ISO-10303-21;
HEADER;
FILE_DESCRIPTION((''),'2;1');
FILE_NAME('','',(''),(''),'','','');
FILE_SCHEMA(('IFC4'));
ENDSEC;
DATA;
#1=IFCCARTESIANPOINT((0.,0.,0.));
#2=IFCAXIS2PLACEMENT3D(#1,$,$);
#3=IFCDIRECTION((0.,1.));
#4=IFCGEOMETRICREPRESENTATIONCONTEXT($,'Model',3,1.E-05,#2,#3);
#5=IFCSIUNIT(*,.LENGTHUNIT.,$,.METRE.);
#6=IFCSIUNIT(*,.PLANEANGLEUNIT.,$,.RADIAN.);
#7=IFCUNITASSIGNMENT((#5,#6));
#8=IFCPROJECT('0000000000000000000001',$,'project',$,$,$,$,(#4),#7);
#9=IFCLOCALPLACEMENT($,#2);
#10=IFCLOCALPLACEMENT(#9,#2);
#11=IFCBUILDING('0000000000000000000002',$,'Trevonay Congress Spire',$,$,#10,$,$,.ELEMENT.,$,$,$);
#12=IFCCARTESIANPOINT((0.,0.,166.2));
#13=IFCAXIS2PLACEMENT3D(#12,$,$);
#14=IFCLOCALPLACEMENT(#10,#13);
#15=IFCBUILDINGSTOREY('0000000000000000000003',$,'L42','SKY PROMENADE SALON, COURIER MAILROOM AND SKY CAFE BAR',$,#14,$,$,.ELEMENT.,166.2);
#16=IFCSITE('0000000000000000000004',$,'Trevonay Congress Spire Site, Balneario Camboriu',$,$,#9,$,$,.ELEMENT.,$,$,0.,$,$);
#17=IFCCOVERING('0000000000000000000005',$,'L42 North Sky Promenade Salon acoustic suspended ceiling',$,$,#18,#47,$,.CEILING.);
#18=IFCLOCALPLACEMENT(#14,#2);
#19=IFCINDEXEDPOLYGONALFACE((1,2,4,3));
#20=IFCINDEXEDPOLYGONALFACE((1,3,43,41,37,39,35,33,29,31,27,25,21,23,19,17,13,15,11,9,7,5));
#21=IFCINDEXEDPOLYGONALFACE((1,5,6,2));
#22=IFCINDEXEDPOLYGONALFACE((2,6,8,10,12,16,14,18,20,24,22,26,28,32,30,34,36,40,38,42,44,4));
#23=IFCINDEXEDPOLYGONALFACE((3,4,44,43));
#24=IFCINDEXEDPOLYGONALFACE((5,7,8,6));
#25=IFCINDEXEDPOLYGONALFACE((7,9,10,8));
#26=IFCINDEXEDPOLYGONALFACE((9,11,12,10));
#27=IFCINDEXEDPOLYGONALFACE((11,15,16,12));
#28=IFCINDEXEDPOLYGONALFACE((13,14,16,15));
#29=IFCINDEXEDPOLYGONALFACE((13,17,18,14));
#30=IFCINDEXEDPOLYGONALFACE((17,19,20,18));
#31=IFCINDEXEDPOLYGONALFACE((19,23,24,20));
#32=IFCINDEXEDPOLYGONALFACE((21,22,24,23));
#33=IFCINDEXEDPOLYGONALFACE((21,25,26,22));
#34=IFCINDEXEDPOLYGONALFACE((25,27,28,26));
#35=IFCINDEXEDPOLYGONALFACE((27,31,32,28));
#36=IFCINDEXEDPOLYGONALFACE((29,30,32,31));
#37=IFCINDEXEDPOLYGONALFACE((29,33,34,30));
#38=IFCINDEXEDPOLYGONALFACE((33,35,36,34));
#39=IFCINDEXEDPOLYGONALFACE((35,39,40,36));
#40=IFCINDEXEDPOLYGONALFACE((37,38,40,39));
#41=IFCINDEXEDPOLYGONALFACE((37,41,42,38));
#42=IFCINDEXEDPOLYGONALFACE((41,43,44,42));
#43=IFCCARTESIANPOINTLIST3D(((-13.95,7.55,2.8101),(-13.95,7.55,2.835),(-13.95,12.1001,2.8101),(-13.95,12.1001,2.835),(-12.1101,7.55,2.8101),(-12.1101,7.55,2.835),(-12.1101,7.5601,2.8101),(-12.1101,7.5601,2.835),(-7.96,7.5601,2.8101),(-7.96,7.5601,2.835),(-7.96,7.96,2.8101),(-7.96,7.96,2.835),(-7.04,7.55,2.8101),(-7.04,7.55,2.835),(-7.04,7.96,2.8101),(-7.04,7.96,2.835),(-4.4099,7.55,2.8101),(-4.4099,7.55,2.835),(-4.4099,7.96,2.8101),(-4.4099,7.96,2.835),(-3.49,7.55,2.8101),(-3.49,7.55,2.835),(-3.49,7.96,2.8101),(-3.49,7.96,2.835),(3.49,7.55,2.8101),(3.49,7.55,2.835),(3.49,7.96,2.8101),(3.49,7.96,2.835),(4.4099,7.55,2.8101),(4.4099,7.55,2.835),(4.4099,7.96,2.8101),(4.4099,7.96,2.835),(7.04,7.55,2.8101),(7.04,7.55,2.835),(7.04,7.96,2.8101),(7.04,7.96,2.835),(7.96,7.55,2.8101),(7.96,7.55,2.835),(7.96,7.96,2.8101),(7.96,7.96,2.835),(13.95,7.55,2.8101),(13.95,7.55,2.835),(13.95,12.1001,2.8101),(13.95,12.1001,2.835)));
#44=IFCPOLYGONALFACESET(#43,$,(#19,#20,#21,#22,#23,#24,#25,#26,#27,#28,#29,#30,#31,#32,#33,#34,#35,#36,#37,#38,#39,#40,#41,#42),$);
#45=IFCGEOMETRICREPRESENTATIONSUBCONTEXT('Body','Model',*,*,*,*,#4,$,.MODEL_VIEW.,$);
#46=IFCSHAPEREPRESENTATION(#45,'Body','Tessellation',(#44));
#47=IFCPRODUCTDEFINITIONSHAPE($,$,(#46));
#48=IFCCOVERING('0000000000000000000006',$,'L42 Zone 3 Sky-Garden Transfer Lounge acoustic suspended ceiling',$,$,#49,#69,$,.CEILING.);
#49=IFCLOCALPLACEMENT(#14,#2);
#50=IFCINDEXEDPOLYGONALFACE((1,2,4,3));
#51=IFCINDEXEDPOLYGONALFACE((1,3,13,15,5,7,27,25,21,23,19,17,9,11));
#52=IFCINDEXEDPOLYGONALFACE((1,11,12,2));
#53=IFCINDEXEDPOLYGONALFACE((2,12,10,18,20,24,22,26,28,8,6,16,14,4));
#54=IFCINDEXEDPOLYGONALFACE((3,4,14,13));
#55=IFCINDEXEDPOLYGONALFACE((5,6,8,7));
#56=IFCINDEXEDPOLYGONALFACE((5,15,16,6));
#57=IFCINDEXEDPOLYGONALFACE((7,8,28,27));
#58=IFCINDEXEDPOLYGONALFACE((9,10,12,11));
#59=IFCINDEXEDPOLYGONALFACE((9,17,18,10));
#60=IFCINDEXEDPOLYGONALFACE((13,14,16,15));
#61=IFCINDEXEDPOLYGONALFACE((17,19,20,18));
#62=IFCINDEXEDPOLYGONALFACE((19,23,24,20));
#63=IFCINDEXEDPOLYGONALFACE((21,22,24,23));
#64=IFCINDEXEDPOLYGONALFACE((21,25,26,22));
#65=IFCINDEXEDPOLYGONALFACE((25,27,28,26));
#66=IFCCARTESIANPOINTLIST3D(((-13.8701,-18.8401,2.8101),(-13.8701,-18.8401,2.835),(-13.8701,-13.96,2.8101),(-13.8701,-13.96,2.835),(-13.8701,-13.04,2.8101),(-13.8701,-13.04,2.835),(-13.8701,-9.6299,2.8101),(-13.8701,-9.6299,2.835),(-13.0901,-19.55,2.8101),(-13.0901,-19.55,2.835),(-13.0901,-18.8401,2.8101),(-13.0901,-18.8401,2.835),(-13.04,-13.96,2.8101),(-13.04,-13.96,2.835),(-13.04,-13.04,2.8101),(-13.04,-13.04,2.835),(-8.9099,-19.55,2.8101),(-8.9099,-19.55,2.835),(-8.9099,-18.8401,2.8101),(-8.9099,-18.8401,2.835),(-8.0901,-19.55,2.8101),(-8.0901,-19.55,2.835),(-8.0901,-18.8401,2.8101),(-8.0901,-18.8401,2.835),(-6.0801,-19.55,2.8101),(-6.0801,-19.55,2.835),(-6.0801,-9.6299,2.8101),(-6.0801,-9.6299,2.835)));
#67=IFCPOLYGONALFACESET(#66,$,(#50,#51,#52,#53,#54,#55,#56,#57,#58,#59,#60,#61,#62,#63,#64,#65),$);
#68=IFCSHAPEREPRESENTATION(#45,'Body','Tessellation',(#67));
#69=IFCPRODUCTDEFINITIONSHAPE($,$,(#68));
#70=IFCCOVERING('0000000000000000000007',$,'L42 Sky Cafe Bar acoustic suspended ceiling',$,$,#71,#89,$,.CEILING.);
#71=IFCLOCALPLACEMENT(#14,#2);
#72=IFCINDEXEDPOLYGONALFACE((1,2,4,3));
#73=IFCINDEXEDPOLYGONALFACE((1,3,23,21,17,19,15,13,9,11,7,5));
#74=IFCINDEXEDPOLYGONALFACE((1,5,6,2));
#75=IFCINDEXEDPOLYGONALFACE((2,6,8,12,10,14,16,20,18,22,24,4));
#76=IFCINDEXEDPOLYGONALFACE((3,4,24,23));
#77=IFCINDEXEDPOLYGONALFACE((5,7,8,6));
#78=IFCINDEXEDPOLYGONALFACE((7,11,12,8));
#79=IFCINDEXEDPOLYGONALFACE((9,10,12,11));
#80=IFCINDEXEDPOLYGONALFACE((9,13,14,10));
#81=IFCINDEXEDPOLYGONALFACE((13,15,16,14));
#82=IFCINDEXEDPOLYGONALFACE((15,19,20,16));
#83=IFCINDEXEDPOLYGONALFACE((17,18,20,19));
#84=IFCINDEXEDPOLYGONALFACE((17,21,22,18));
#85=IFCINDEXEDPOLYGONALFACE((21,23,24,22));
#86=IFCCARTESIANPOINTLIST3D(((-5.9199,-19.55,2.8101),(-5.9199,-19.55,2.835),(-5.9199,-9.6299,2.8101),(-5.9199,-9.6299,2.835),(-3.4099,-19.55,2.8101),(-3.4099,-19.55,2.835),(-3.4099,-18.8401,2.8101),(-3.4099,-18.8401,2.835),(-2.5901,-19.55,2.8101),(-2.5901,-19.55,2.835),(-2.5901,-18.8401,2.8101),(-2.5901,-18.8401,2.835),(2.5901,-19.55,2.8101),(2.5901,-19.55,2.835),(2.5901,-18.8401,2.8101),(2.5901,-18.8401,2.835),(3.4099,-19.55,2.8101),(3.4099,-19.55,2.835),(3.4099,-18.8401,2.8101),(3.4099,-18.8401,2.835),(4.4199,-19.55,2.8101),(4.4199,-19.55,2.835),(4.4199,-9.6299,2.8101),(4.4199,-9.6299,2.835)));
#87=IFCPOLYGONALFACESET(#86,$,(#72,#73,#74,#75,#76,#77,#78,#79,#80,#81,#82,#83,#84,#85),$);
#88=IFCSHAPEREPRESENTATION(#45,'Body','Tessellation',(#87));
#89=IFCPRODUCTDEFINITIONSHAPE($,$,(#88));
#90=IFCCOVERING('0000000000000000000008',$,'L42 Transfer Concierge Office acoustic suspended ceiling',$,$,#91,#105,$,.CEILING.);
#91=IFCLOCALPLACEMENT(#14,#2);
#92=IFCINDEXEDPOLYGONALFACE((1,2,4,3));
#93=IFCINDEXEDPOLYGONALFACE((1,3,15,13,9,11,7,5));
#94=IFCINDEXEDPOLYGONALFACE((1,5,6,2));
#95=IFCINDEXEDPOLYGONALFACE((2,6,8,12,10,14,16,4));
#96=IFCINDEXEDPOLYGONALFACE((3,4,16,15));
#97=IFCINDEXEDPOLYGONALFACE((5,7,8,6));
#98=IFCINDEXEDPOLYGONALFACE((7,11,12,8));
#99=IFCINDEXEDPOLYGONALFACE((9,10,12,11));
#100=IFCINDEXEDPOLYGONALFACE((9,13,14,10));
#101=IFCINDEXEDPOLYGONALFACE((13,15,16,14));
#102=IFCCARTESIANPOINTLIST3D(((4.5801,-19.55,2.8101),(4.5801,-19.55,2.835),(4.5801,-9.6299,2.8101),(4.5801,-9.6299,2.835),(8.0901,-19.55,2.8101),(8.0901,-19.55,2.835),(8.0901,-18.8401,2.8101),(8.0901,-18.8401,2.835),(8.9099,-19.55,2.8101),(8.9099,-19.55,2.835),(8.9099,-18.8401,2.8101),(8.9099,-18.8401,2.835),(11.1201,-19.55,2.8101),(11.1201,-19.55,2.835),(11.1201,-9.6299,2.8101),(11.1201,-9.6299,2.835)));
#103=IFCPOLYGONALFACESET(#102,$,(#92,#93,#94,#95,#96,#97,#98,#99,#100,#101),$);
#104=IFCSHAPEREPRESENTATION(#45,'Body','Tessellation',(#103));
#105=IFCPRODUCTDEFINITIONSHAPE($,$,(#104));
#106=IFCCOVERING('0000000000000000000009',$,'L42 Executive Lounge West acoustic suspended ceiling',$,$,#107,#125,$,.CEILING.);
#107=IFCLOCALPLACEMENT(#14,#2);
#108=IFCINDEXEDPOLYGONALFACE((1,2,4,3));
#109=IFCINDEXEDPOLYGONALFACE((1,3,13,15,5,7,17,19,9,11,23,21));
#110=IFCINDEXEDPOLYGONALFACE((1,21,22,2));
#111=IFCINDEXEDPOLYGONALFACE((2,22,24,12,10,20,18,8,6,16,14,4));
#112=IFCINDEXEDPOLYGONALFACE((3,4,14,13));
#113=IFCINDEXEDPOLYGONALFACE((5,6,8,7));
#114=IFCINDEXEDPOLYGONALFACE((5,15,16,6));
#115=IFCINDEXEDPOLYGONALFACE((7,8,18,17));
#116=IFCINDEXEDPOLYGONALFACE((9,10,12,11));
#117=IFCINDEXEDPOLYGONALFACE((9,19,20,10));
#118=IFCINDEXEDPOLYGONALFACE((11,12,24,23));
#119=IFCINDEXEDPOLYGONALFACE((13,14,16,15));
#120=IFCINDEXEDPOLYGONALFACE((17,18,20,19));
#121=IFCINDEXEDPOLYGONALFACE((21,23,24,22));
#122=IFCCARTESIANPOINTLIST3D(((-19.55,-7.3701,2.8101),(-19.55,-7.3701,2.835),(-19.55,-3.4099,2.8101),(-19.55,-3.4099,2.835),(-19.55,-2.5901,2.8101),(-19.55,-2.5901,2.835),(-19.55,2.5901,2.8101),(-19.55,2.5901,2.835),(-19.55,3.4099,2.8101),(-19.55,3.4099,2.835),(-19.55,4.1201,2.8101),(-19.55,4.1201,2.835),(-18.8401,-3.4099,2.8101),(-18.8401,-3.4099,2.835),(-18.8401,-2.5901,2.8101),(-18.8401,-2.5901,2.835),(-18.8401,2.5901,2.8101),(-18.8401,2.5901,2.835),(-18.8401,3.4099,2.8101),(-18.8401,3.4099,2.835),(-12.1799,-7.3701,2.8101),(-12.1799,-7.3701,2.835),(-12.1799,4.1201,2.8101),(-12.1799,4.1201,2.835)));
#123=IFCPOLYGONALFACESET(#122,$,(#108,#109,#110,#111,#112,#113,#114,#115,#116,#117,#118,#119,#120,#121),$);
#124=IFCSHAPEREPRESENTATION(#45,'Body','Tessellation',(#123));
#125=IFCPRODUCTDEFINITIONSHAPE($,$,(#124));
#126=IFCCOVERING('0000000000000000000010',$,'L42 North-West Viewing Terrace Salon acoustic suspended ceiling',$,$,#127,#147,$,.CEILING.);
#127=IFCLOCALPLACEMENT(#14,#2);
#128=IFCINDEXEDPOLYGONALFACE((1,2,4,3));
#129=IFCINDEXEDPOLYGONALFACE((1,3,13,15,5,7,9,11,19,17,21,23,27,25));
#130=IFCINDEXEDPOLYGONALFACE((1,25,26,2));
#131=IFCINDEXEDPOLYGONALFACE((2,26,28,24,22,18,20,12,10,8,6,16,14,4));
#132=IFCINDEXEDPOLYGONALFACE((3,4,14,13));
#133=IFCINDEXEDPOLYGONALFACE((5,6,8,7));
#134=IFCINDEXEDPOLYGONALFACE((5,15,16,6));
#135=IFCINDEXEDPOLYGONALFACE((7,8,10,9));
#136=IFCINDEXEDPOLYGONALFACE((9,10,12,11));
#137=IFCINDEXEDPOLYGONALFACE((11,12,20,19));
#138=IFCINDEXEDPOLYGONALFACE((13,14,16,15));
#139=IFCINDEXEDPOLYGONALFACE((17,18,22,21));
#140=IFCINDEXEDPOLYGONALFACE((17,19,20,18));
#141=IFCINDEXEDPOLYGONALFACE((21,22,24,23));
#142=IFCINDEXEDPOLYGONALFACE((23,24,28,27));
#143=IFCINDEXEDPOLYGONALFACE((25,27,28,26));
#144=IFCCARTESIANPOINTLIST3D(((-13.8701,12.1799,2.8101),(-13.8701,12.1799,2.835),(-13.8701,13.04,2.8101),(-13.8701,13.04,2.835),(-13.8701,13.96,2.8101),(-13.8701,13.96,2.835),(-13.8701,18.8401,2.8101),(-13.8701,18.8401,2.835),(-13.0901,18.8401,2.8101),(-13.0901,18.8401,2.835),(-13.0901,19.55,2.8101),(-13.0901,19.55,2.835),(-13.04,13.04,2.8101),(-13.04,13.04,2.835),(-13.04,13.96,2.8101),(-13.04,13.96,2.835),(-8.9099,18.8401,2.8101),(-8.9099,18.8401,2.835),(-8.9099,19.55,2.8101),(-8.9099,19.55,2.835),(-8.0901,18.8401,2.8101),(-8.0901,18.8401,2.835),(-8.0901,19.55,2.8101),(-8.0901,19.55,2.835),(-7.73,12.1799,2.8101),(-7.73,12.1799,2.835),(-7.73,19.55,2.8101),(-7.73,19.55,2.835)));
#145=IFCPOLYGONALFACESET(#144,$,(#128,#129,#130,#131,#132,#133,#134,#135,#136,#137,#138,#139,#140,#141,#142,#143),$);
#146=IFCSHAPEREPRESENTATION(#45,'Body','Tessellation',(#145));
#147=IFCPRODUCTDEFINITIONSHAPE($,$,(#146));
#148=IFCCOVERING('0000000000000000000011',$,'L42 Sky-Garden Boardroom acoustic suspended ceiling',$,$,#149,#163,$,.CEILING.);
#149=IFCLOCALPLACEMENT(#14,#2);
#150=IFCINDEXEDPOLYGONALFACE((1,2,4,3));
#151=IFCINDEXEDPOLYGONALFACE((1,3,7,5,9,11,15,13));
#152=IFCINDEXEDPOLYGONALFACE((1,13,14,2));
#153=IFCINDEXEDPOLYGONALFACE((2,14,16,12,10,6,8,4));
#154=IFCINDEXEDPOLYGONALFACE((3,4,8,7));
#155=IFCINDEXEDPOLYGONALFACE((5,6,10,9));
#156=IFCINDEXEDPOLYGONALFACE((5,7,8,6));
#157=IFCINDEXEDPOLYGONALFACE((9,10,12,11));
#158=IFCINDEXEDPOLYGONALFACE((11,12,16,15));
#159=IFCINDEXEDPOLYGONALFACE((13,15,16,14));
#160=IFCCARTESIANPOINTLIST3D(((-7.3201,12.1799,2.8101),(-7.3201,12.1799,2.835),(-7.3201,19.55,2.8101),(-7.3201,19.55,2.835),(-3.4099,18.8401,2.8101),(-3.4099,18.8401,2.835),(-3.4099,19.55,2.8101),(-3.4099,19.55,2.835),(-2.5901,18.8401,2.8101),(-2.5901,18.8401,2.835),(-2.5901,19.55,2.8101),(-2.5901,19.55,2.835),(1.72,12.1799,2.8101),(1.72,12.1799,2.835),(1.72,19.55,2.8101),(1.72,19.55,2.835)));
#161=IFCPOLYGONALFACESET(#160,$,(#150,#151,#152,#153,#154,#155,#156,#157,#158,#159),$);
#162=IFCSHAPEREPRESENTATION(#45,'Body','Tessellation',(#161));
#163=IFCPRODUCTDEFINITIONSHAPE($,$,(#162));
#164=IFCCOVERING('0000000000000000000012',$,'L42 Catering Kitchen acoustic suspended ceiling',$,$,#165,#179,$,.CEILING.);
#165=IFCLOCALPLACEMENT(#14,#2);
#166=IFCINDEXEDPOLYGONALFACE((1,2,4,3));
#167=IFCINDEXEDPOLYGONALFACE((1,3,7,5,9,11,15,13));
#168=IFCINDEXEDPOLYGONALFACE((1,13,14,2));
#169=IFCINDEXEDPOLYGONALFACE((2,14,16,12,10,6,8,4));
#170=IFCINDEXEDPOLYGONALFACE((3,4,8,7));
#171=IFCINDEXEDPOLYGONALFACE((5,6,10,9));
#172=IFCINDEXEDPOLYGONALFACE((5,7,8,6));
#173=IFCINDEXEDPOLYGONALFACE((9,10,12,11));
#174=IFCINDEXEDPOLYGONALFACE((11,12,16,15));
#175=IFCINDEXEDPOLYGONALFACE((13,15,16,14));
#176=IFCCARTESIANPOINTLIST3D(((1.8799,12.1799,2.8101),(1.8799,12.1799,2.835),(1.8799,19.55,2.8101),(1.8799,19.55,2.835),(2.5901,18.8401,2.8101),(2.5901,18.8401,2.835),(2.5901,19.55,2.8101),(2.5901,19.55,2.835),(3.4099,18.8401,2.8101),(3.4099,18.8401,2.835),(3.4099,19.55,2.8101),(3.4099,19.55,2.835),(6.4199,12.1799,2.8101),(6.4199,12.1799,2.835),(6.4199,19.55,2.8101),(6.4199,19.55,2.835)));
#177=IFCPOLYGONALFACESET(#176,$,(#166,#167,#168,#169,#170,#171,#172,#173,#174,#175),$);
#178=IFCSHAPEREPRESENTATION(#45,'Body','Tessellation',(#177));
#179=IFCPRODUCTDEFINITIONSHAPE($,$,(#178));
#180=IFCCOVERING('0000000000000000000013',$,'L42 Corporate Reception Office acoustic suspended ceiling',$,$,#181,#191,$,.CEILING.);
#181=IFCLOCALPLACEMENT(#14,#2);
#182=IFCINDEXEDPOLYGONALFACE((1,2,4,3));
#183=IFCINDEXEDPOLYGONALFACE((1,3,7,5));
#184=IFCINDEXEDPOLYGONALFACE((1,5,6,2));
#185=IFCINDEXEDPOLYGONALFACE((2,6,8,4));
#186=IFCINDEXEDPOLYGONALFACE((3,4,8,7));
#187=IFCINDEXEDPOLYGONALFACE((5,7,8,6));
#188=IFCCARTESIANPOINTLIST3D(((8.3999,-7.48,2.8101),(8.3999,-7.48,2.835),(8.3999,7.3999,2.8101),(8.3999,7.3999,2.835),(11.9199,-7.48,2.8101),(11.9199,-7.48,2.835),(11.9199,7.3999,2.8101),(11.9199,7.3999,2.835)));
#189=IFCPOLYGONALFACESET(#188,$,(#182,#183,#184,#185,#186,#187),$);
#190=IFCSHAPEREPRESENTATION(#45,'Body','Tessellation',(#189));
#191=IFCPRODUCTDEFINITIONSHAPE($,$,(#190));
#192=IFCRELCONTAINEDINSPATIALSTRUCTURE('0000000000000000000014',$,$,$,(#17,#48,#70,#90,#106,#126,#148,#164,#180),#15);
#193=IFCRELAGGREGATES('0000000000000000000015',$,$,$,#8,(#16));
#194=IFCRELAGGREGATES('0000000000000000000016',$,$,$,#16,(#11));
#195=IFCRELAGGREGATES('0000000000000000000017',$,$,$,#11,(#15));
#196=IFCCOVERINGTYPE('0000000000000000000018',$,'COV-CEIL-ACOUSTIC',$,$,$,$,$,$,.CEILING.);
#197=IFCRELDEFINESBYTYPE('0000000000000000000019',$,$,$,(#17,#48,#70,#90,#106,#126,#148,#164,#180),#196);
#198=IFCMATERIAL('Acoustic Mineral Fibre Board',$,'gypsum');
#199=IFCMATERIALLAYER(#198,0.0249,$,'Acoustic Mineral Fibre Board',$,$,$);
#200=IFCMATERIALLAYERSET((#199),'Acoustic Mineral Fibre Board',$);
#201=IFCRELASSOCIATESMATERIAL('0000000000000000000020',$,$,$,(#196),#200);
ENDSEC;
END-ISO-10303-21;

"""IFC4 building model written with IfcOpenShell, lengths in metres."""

from ifc_helpers import new_model, si_unit, direction, frame, origin, place, context, subcontext, project, spatial, polyline, outline, extrude, material, layer, layer_set, type_object, element, save


model = new_model("IFC4")

# Units and contexts
model_context = context("Model", 3, precision=1e-05, world=origin(), true_north=direction((0.0, 1.0)))
body_context = subcontext(model_context, "Body", "Model", "MODEL_VIEW")
ifc_project = project(units=[si_unit("LENGTHUNIT", "METRE"), si_unit("PLANEANGLEUNIT", "RADIAN")], contexts=[model_context])

# Site, building, storey
site_placement = place(None, origin())
site = spatial("IfcSite", under=ifc_project, at=site_placement, Name="Trevonay Congress Spire Site, Balneario Camboriu", CompositionType="ELEMENT", RefElevation=0.0)
building_placement = place(site_placement, origin())
building = spatial("IfcBuilding", under=site, at=building_placement, Name="Trevonay Congress Spire", CompositionType="ELEMENT")
storey_placement = place(building_placement, frame((0.0, 0.0, 166.2)))
storey = spatial("IfcBuildingStorey", under=building, at=storey_placement, Name="L42", Description="SKY PROMENADE SALON, COURIER MAILROOM AND SKY CAFE BAR", CompositionType="ELEMENT", Elevation=166.2)

# Coverings
ifc_material_1 = material(Name="Acoustic Mineral Fibre Board", Category="gypsum")
ifc_layer_1 = layer(ifc_material_1, 0.0249, Name="Acoustic Mineral Fibre Board")
ifc_layer_set_1 = layer_set([ifc_layer_1], Name="Acoustic Mineral Fibre Board")
covering_type_1 = type_object("IfcCoveringType", Name="COV-CEIL-ACOUSTIC", PredefinedType="CEILING", material=ifc_layer_set_1)
covering_1_placement = place(storey_placement, frame((0.0, 0.0, 2.8101)))
element("IfcCovering", 1, at=covering_1_placement, inside=storey, type_object=covering_type_1, Name="L42 North Sky Promenade Salon acoustic suspended ceiling", PredefinedType="CEILING", context=body_context, shape_type="SweptSolid", body=[
    extrude(outline(polyline([(-13.95, 12.1001), (13.95, 12.1001), (13.95, 7.55), (7.96, 7.55), (7.96, 7.96), (7.04, 7.96), (7.04, 7.55), (4.4099, 7.55), (4.4099, 7.96), (3.49, 7.96), (3.49, 7.55), (-3.49, 7.55), (-3.49, 7.96), (-4.4099, 7.96), (-4.4099, 7.55), (-7.04, 7.55), (-7.04, 7.96), (-7.96, 7.96), (-7.96, 7.5601), (-12.1101, 7.5601), (-12.1101, 7.55), (-13.95, 7.55), (-13.95, 12.1001)])), origin(), (0.0, 0.0, 1.0), 0.0249),
])
covering_2_placement = place(storey_placement, frame((0.0, 0.0, 2.8101)))
element("IfcCovering", 2, at=covering_2_placement, inside=storey, type_object=covering_type_1, Name="L42 Zone 3 Sky-Garden Transfer Lounge acoustic suspended ceiling", PredefinedType="CEILING", context=body_context, shape_type="SweptSolid", body=[
    extrude(outline(polyline([(-13.0901, -19.55), (-13.0901, -18.8401), (-13.8701, -18.8401), (-13.8701, -13.96), (-13.04, -13.96), (-13.04, -13.04), (-13.8701, -13.04), (-13.8701, -9.6299), (-6.0801, -9.6299), (-6.0801, -19.55), (-8.0901, -19.55), (-8.0901, -18.8401), (-8.9099, -18.8401), (-8.9099, -19.55), (-13.0901, -19.55)])), origin(), (0.0, 0.0, 1.0), 0.0249),
])
covering_3_placement = place(storey_placement, frame((0.0, 0.0, 2.8101)))
element("IfcCovering", 3, at=covering_3_placement, inside=storey, type_object=covering_type_1, Name="L42 Sky Cafe Bar acoustic suspended ceiling", PredefinedType="CEILING", context=body_context, shape_type="SweptSolid", body=[
    extrude(outline(polyline([(-5.9199, -19.55), (-5.9199, -9.6299), (4.4199, -9.6299), (4.4199, -19.55), (3.4099, -19.55), (3.4099, -18.8401), (2.5901, -18.8401), (2.5901, -19.55), (-2.5901, -19.55), (-2.5901, -18.8401), (-3.4099, -18.8401), (-3.4099, -19.55), (-5.9199, -19.55)])), origin(), (0.0, 0.0, 1.0), 0.0249),
])
covering_4_placement = place(storey_placement, frame((0.0, 0.0, 2.8101)))
element("IfcCovering", 4, at=covering_4_placement, inside=storey, type_object=covering_type_1, Name="L42 Transfer Concierge Office acoustic suspended ceiling", PredefinedType="CEILING", context=body_context, shape_type="SweptSolid", body=[
    extrude(outline(polyline([(4.5801, -19.55), (4.5801, -9.6299), (11.1201, -9.6299), (11.1201, -19.55), (8.9099, -19.55), (8.9099, -18.8401), (8.0901, -18.8401), (8.0901, -19.55), (4.5801, -19.55)])), origin(), (0.0, 0.0, 1.0), 0.0249),
])
covering_5_placement = place(storey_placement, frame((0.0, 0.0, 2.8101)))
element("IfcCovering", 5, at=covering_5_placement, inside=storey, type_object=covering_type_1, Name="L42 Executive Lounge West acoustic suspended ceiling", PredefinedType="CEILING", context=body_context, shape_type="SweptSolid", body=[
    extrude(outline(polyline([(-19.55, 4.1201), (-12.1799, 4.1201), (-12.1799, -7.3701), (-19.55, -7.3701), (-19.55, -3.4099), (-18.8401, -3.4099), (-18.8401, -2.5901), (-19.55, -2.5901), (-19.55, 2.5901), (-18.8401, 2.5901), (-18.8401, 3.4099), (-19.55, 3.4099), (-19.55, 4.1201)])), origin(), (0.0, 0.0, 1.0), 0.0249),
])
covering_6_placement = place(storey_placement, frame((0.0, 0.0, 2.8101)))
element("IfcCovering", 6, at=covering_6_placement, inside=storey, type_object=covering_type_1, Name="L42 North-West Viewing Terrace Salon acoustic suspended ceiling", PredefinedType="CEILING", context=body_context, shape_type="SweptSolid", body=[
    extrude(outline(polyline([(-7.73, 19.55), (-7.73, 12.1799), (-13.8701, 12.1799), (-13.8701, 13.04), (-13.04, 13.04), (-13.04, 13.96), (-13.8701, 13.96), (-13.8701, 18.8401), (-13.0901, 18.8401), (-13.0901, 19.55), (-8.9099, 19.55), (-8.9099, 18.8401), (-8.0901, 18.8401), (-8.0901, 19.55), (-7.73, 19.55)])), origin(), (0.0, 0.0, 1.0), 0.0249),
])
covering_7_placement = place(storey_placement, frame((0.0, 0.0, 2.8101)))
element("IfcCovering", 7, at=covering_7_placement, inside=storey, type_object=covering_type_1, Name="L42 Sky-Garden Boardroom acoustic suspended ceiling", PredefinedType="CEILING", context=body_context, shape_type="SweptSolid", body=[
    extrude(outline(polyline([(1.72, 19.55), (1.72, 12.1799), (-7.3201, 12.1799), (-7.3201, 19.55), (-3.4099, 19.55), (-3.4099, 18.8401), (-2.5901, 18.8401), (-2.5901, 19.55), (1.72, 19.55)])), origin(), (0.0, 0.0, 1.0), 0.0249),
])
covering_8_placement = place(storey_placement, frame((0.0, 0.0, 2.8101)))
element("IfcCovering", 8, at=covering_8_placement, inside=storey, type_object=covering_type_1, Name="L42 Catering Kitchen acoustic suspended ceiling", PredefinedType="CEILING", context=body_context, shape_type="SweptSolid", body=[
    extrude(outline(polyline([(6.4199, 19.55), (6.4199, 12.1799), (1.8799, 12.1799), (1.8799, 19.55), (2.5901, 19.55), (2.5901, 18.8401), (3.4099, 18.8401), (3.4099, 19.55), (6.4199, 19.55)])), origin(), (0.0, 0.0, 1.0), 0.0249),
])
covering_9_placement = place(storey_placement, frame((0.0, 0.0, 2.8101)))
element("IfcCovering", 9, at=covering_9_placement, inside=storey, type_object=covering_type_1, Name="L42 Corporate Reception Office acoustic suspended ceiling", PredefinedType="CEILING", context=body_context, shape_type="SweptSolid", body=[
    extrude(outline(polyline([(8.3999, -7.48), (11.9199, -7.48), (11.9199, 7.3999), (8.3999, 7.3999), (8.3999, -7.48)])), origin(), (0.0, 0.0, 1.0), 0.0249),
])

save(model, "model.ifc")
